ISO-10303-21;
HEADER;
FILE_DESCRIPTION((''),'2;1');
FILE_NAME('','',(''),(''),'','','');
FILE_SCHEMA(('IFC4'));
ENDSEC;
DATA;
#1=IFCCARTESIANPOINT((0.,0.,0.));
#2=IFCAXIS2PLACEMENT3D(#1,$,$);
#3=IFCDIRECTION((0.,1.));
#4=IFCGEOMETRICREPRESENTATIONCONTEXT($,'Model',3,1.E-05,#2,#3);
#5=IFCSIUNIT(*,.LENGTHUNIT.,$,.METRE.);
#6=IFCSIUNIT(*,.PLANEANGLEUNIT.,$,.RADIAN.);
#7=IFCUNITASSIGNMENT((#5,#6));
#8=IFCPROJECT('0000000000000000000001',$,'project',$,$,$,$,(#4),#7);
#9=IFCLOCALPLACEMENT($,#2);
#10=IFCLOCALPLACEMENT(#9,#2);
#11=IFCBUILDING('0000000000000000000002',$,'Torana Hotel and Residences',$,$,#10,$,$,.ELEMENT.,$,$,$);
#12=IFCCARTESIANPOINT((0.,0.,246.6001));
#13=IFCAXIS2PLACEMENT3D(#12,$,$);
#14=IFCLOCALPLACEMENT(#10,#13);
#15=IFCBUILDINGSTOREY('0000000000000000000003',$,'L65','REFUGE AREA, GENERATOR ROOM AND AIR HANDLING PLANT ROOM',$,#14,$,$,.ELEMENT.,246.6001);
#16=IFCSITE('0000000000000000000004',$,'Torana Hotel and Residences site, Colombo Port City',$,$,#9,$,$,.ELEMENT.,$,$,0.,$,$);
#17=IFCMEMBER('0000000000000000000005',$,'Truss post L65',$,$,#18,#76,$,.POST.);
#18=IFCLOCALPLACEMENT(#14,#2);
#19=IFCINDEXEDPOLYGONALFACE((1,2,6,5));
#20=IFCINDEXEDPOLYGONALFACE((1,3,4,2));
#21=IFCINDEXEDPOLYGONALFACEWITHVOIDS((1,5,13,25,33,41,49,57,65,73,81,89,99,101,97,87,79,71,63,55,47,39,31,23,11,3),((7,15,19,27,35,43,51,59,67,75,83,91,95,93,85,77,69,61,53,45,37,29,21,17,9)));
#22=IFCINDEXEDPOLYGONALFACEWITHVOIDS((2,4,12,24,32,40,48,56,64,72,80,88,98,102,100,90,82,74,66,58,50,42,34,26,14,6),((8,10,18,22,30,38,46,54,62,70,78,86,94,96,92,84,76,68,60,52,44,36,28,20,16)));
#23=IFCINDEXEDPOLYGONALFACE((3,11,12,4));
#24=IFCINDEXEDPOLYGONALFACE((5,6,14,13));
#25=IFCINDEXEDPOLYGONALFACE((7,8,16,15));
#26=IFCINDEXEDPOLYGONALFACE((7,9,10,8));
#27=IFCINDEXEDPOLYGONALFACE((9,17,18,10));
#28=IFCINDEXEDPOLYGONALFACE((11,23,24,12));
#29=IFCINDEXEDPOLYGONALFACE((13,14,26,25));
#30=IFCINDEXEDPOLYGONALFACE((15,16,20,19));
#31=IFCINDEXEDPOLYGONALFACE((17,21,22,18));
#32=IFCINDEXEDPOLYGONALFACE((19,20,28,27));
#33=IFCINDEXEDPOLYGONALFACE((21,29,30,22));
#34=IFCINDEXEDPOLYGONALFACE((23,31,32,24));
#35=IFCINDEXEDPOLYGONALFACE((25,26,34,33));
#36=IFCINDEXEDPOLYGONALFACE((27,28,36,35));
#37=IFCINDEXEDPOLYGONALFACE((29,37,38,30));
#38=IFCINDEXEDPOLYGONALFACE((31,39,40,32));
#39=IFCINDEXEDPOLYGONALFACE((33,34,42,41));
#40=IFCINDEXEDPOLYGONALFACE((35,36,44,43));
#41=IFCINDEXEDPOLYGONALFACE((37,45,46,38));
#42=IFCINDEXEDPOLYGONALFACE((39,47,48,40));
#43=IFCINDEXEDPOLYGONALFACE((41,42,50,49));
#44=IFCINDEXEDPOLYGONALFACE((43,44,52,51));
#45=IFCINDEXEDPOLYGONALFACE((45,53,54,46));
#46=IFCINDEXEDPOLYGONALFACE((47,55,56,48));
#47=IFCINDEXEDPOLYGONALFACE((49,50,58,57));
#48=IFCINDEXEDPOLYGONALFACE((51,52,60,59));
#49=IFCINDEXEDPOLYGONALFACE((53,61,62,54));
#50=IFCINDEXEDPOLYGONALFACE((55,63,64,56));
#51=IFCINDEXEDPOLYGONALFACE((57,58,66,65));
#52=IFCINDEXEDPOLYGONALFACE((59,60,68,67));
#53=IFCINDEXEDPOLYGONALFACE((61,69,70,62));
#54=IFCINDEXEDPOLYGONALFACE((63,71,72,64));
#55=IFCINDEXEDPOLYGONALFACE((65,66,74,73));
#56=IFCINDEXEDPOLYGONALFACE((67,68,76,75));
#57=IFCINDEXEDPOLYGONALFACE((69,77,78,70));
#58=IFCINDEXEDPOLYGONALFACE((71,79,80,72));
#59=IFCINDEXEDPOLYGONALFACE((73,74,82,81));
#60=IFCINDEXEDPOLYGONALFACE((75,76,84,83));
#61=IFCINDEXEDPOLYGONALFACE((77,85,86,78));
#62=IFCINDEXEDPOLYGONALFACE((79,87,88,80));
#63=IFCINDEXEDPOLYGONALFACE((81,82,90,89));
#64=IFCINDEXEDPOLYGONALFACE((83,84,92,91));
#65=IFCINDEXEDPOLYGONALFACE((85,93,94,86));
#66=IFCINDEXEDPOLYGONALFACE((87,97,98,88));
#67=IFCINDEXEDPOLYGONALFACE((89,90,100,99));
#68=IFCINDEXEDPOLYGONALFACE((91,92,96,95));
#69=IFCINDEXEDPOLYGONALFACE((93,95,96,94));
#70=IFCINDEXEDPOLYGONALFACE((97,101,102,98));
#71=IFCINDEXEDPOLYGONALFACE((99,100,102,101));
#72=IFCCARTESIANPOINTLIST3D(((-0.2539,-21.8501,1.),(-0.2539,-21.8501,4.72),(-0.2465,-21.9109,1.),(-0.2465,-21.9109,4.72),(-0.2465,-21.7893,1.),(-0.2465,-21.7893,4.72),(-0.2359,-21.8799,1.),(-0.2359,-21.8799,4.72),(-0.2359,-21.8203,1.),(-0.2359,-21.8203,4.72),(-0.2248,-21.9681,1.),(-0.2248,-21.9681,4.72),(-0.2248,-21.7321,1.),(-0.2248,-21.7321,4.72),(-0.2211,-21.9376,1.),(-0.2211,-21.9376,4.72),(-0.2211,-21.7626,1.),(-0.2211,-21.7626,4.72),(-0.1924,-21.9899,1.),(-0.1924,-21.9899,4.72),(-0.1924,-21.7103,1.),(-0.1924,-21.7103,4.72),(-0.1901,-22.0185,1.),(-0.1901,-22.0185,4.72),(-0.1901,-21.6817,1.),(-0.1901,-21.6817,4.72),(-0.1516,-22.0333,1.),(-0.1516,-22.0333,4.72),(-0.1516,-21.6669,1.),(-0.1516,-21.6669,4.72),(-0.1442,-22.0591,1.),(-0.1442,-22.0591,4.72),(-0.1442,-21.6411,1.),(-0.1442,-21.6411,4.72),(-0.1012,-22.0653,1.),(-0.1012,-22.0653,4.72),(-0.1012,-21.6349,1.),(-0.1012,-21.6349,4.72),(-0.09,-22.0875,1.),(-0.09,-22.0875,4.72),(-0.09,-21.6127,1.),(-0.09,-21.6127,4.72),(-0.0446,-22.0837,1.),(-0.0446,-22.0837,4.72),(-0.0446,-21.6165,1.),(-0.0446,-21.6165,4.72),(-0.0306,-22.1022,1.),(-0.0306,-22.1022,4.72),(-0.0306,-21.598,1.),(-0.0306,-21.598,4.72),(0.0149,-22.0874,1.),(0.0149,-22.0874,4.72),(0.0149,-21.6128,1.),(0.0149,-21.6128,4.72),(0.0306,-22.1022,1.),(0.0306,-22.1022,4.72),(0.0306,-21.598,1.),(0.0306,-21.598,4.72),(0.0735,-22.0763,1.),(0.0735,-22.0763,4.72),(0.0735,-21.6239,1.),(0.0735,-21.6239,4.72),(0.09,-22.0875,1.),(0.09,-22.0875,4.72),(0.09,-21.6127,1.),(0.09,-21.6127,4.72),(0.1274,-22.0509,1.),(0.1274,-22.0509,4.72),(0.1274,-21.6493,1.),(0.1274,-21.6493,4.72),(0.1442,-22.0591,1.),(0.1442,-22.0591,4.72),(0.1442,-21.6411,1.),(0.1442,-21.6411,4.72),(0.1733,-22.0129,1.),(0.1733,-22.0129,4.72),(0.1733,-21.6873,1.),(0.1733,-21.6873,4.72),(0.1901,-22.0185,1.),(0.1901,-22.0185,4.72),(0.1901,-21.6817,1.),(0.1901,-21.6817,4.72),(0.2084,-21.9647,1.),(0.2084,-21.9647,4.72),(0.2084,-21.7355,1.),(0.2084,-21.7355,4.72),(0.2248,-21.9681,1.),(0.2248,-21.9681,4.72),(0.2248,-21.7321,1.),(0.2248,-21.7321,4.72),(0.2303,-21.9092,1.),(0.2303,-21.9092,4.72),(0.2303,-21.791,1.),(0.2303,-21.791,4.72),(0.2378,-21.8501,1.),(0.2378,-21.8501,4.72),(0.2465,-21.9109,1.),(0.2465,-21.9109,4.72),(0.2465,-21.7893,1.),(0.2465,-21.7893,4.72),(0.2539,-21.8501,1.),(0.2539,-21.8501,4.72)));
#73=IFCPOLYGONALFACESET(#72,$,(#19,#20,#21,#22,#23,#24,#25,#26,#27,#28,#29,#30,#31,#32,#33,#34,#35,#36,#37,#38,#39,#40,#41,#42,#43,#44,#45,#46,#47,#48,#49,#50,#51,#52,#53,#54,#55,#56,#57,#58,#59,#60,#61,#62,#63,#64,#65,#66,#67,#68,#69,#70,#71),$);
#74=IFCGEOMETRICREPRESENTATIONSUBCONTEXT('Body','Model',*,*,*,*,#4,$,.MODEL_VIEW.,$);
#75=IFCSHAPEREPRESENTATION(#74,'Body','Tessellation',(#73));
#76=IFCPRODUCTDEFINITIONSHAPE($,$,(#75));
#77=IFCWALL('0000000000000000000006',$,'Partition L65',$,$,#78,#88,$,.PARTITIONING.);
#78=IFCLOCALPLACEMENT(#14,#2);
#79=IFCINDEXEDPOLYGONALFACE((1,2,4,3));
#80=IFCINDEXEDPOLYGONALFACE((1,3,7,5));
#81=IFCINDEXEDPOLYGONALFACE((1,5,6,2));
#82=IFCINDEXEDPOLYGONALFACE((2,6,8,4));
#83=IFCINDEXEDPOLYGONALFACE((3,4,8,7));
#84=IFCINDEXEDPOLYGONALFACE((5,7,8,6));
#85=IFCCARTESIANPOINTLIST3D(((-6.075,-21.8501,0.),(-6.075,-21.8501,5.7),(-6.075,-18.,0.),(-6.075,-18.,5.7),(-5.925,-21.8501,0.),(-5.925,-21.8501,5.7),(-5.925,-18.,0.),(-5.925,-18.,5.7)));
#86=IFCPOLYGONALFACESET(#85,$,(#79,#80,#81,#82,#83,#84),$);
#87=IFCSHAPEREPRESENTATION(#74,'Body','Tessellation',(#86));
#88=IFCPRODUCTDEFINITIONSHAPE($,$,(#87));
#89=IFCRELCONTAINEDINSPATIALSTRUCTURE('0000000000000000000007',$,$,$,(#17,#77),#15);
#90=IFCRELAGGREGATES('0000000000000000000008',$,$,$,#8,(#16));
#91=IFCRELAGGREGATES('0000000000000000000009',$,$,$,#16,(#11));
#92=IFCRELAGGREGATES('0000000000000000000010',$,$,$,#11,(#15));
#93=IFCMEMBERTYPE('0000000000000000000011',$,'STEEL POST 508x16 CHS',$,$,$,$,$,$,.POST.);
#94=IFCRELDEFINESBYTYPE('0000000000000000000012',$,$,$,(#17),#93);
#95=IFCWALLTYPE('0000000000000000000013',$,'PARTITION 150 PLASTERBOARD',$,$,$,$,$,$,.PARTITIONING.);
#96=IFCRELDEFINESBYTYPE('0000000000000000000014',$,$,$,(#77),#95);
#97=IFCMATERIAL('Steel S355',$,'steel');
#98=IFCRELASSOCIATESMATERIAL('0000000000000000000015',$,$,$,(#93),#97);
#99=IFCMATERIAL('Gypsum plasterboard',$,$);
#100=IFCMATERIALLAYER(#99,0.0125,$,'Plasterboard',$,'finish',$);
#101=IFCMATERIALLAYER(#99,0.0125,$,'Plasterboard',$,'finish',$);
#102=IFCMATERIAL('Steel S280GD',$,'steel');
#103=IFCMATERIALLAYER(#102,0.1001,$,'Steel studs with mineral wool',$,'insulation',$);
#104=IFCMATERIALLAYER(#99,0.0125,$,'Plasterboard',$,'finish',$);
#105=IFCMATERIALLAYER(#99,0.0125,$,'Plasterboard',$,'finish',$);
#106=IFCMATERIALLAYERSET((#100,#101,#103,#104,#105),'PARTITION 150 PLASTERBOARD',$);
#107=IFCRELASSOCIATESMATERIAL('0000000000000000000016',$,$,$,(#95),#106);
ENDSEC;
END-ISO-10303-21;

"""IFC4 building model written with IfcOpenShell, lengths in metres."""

from ifc_helpers import new_model, si_unit, direction, frame, frame_2d, origin, origin_2d, place, context, subcontext, project, spatial, rectangle, hollow_circle, extrude, material, layer, layer_set, material_profile, profile_set, type_object, element, save


model = new_model("IFC4")

# Units and contexts
model_context = context("Model", 3, precision=1e-05, world=origin(), true_north=direction((0.0, 1.0)))
body_context = subcontext(model_context, "Body", "Model", "MODEL_VIEW")
ifc_project = project(units=[si_unit("LENGTHUNIT", "METRE"), si_unit("PLANEANGLEUNIT", "RADIAN")], contexts=[model_context])

# Site, building, storey
site_placement = place(None, origin())
site = spatial("IfcSite", under=ifc_project, at=site_placement, Name="Torana Hotel and Residences site, Colombo Port City", CompositionType="ELEMENT", RefElevation=0.0)
building_placement = place(site_placement, origin())
building = spatial("IfcBuilding", under=site, at=building_placement, Name="Torana Hotel and Residences", CompositionType="ELEMENT")
storey_placement = place(building_placement, frame((0.0, 0.0, 246.6001)))
storey = spatial("IfcBuildingStorey", under=building, at=storey_placement, Name="L65", Description="REFUGE AREA, GENERATOR ROOM AND AIR HANDLING PLANT ROOM", CompositionType="ELEMENT", Elevation=246.6001)

# Member
ifc_material_1 = material(Name="Steel S355", Category="steel")
ifc_material_profile_1 = material_profile(ifc_material_1, hollow_circle(Radius=0.2539, WallThickness=0.0161, at=origin_2d()), Name="508x16 CHS")
ifc_profile_set_1 = profile_set([ifc_material_profile_1], Name="Steel S355")
member_type_1 = type_object("IfcMemberType", Name="STEEL POST 508x16 CHS", PredefinedType="POST", material=ifc_profile_set_1)
for number, where, z_axis, x_axis, name in (
    (1, (0.0, -21.8501, 1.0), (0.0, 0.0, 1.0), (1.0, 0.0, 0.0), "Truss post L65"),
):
    element("IfcMember", number, at=place(storey_placement, frame(where, z_axis=z_axis, x_axis=x_axis)), inside=storey, type_object=member_type_1, Name=name, PredefinedType="POST", context=body_context, shape_type="SweptSolid", body=[
        extrude(hollow_circle(Radius=0.2539, WallThickness=0.0161, at=origin_2d()), origin(), (0.0, 0.0, 1.0), 3.72),
    ])

# Wall
ifc_material_2 = material(Name="Gypsum plasterboard")
ifc_layer_1 = layer(ifc_material_2, 0.0125, Name="Plasterboard", Category="finish")
ifc_layer_2 = layer(ifc_material_2, 0.0125, Name="Plasterboard", Category="finish")
ifc_material_3 = material(Name="Steel S280GD", Category="steel")
ifc_layer_3 = layer(ifc_material_3, 0.1001, Name="Steel studs with mineral wool", Category="insulation")
ifc_layer_4 = layer(ifc_material_2, 0.0125, Name="Plasterboard", Category="finish")
ifc_layer_5 = layer(ifc_material_2, 0.0125, Name="Plasterboard", Category="finish")
ifc_layer_set = layer_set([ifc_layer_1, ifc_layer_2, ifc_layer_3, ifc_layer_4, ifc_layer_5], Name="PARTITION 150 PLASTERBOARD")
wall_type = type_object("IfcWallType", Name="PARTITION 150 PLASTERBOARD", PredefinedType="PARTITIONING", material=ifc_layer_set)
wall_placement = place(storey_placement, frame((-6.0, -21.8501, 0.0), z_axis=(0.0, 0.0, 1.0), x_axis=(0.0, 1.0, 0.0)))
element("IfcWall", 2, at=wall_placement, inside=storey, type_object=wall_type, Name="Partition L65", PredefinedType="PARTITIONING", context=body_context, shape_type="SweptSolid", body=[
    extrude(rectangle(XDim=3.8501, YDim=0.1499, at=frame_2d((1.925, 0.0))), origin(), (0.0, 0.0, 1.0), 5.7),
])

save(model, "model.ifc")
